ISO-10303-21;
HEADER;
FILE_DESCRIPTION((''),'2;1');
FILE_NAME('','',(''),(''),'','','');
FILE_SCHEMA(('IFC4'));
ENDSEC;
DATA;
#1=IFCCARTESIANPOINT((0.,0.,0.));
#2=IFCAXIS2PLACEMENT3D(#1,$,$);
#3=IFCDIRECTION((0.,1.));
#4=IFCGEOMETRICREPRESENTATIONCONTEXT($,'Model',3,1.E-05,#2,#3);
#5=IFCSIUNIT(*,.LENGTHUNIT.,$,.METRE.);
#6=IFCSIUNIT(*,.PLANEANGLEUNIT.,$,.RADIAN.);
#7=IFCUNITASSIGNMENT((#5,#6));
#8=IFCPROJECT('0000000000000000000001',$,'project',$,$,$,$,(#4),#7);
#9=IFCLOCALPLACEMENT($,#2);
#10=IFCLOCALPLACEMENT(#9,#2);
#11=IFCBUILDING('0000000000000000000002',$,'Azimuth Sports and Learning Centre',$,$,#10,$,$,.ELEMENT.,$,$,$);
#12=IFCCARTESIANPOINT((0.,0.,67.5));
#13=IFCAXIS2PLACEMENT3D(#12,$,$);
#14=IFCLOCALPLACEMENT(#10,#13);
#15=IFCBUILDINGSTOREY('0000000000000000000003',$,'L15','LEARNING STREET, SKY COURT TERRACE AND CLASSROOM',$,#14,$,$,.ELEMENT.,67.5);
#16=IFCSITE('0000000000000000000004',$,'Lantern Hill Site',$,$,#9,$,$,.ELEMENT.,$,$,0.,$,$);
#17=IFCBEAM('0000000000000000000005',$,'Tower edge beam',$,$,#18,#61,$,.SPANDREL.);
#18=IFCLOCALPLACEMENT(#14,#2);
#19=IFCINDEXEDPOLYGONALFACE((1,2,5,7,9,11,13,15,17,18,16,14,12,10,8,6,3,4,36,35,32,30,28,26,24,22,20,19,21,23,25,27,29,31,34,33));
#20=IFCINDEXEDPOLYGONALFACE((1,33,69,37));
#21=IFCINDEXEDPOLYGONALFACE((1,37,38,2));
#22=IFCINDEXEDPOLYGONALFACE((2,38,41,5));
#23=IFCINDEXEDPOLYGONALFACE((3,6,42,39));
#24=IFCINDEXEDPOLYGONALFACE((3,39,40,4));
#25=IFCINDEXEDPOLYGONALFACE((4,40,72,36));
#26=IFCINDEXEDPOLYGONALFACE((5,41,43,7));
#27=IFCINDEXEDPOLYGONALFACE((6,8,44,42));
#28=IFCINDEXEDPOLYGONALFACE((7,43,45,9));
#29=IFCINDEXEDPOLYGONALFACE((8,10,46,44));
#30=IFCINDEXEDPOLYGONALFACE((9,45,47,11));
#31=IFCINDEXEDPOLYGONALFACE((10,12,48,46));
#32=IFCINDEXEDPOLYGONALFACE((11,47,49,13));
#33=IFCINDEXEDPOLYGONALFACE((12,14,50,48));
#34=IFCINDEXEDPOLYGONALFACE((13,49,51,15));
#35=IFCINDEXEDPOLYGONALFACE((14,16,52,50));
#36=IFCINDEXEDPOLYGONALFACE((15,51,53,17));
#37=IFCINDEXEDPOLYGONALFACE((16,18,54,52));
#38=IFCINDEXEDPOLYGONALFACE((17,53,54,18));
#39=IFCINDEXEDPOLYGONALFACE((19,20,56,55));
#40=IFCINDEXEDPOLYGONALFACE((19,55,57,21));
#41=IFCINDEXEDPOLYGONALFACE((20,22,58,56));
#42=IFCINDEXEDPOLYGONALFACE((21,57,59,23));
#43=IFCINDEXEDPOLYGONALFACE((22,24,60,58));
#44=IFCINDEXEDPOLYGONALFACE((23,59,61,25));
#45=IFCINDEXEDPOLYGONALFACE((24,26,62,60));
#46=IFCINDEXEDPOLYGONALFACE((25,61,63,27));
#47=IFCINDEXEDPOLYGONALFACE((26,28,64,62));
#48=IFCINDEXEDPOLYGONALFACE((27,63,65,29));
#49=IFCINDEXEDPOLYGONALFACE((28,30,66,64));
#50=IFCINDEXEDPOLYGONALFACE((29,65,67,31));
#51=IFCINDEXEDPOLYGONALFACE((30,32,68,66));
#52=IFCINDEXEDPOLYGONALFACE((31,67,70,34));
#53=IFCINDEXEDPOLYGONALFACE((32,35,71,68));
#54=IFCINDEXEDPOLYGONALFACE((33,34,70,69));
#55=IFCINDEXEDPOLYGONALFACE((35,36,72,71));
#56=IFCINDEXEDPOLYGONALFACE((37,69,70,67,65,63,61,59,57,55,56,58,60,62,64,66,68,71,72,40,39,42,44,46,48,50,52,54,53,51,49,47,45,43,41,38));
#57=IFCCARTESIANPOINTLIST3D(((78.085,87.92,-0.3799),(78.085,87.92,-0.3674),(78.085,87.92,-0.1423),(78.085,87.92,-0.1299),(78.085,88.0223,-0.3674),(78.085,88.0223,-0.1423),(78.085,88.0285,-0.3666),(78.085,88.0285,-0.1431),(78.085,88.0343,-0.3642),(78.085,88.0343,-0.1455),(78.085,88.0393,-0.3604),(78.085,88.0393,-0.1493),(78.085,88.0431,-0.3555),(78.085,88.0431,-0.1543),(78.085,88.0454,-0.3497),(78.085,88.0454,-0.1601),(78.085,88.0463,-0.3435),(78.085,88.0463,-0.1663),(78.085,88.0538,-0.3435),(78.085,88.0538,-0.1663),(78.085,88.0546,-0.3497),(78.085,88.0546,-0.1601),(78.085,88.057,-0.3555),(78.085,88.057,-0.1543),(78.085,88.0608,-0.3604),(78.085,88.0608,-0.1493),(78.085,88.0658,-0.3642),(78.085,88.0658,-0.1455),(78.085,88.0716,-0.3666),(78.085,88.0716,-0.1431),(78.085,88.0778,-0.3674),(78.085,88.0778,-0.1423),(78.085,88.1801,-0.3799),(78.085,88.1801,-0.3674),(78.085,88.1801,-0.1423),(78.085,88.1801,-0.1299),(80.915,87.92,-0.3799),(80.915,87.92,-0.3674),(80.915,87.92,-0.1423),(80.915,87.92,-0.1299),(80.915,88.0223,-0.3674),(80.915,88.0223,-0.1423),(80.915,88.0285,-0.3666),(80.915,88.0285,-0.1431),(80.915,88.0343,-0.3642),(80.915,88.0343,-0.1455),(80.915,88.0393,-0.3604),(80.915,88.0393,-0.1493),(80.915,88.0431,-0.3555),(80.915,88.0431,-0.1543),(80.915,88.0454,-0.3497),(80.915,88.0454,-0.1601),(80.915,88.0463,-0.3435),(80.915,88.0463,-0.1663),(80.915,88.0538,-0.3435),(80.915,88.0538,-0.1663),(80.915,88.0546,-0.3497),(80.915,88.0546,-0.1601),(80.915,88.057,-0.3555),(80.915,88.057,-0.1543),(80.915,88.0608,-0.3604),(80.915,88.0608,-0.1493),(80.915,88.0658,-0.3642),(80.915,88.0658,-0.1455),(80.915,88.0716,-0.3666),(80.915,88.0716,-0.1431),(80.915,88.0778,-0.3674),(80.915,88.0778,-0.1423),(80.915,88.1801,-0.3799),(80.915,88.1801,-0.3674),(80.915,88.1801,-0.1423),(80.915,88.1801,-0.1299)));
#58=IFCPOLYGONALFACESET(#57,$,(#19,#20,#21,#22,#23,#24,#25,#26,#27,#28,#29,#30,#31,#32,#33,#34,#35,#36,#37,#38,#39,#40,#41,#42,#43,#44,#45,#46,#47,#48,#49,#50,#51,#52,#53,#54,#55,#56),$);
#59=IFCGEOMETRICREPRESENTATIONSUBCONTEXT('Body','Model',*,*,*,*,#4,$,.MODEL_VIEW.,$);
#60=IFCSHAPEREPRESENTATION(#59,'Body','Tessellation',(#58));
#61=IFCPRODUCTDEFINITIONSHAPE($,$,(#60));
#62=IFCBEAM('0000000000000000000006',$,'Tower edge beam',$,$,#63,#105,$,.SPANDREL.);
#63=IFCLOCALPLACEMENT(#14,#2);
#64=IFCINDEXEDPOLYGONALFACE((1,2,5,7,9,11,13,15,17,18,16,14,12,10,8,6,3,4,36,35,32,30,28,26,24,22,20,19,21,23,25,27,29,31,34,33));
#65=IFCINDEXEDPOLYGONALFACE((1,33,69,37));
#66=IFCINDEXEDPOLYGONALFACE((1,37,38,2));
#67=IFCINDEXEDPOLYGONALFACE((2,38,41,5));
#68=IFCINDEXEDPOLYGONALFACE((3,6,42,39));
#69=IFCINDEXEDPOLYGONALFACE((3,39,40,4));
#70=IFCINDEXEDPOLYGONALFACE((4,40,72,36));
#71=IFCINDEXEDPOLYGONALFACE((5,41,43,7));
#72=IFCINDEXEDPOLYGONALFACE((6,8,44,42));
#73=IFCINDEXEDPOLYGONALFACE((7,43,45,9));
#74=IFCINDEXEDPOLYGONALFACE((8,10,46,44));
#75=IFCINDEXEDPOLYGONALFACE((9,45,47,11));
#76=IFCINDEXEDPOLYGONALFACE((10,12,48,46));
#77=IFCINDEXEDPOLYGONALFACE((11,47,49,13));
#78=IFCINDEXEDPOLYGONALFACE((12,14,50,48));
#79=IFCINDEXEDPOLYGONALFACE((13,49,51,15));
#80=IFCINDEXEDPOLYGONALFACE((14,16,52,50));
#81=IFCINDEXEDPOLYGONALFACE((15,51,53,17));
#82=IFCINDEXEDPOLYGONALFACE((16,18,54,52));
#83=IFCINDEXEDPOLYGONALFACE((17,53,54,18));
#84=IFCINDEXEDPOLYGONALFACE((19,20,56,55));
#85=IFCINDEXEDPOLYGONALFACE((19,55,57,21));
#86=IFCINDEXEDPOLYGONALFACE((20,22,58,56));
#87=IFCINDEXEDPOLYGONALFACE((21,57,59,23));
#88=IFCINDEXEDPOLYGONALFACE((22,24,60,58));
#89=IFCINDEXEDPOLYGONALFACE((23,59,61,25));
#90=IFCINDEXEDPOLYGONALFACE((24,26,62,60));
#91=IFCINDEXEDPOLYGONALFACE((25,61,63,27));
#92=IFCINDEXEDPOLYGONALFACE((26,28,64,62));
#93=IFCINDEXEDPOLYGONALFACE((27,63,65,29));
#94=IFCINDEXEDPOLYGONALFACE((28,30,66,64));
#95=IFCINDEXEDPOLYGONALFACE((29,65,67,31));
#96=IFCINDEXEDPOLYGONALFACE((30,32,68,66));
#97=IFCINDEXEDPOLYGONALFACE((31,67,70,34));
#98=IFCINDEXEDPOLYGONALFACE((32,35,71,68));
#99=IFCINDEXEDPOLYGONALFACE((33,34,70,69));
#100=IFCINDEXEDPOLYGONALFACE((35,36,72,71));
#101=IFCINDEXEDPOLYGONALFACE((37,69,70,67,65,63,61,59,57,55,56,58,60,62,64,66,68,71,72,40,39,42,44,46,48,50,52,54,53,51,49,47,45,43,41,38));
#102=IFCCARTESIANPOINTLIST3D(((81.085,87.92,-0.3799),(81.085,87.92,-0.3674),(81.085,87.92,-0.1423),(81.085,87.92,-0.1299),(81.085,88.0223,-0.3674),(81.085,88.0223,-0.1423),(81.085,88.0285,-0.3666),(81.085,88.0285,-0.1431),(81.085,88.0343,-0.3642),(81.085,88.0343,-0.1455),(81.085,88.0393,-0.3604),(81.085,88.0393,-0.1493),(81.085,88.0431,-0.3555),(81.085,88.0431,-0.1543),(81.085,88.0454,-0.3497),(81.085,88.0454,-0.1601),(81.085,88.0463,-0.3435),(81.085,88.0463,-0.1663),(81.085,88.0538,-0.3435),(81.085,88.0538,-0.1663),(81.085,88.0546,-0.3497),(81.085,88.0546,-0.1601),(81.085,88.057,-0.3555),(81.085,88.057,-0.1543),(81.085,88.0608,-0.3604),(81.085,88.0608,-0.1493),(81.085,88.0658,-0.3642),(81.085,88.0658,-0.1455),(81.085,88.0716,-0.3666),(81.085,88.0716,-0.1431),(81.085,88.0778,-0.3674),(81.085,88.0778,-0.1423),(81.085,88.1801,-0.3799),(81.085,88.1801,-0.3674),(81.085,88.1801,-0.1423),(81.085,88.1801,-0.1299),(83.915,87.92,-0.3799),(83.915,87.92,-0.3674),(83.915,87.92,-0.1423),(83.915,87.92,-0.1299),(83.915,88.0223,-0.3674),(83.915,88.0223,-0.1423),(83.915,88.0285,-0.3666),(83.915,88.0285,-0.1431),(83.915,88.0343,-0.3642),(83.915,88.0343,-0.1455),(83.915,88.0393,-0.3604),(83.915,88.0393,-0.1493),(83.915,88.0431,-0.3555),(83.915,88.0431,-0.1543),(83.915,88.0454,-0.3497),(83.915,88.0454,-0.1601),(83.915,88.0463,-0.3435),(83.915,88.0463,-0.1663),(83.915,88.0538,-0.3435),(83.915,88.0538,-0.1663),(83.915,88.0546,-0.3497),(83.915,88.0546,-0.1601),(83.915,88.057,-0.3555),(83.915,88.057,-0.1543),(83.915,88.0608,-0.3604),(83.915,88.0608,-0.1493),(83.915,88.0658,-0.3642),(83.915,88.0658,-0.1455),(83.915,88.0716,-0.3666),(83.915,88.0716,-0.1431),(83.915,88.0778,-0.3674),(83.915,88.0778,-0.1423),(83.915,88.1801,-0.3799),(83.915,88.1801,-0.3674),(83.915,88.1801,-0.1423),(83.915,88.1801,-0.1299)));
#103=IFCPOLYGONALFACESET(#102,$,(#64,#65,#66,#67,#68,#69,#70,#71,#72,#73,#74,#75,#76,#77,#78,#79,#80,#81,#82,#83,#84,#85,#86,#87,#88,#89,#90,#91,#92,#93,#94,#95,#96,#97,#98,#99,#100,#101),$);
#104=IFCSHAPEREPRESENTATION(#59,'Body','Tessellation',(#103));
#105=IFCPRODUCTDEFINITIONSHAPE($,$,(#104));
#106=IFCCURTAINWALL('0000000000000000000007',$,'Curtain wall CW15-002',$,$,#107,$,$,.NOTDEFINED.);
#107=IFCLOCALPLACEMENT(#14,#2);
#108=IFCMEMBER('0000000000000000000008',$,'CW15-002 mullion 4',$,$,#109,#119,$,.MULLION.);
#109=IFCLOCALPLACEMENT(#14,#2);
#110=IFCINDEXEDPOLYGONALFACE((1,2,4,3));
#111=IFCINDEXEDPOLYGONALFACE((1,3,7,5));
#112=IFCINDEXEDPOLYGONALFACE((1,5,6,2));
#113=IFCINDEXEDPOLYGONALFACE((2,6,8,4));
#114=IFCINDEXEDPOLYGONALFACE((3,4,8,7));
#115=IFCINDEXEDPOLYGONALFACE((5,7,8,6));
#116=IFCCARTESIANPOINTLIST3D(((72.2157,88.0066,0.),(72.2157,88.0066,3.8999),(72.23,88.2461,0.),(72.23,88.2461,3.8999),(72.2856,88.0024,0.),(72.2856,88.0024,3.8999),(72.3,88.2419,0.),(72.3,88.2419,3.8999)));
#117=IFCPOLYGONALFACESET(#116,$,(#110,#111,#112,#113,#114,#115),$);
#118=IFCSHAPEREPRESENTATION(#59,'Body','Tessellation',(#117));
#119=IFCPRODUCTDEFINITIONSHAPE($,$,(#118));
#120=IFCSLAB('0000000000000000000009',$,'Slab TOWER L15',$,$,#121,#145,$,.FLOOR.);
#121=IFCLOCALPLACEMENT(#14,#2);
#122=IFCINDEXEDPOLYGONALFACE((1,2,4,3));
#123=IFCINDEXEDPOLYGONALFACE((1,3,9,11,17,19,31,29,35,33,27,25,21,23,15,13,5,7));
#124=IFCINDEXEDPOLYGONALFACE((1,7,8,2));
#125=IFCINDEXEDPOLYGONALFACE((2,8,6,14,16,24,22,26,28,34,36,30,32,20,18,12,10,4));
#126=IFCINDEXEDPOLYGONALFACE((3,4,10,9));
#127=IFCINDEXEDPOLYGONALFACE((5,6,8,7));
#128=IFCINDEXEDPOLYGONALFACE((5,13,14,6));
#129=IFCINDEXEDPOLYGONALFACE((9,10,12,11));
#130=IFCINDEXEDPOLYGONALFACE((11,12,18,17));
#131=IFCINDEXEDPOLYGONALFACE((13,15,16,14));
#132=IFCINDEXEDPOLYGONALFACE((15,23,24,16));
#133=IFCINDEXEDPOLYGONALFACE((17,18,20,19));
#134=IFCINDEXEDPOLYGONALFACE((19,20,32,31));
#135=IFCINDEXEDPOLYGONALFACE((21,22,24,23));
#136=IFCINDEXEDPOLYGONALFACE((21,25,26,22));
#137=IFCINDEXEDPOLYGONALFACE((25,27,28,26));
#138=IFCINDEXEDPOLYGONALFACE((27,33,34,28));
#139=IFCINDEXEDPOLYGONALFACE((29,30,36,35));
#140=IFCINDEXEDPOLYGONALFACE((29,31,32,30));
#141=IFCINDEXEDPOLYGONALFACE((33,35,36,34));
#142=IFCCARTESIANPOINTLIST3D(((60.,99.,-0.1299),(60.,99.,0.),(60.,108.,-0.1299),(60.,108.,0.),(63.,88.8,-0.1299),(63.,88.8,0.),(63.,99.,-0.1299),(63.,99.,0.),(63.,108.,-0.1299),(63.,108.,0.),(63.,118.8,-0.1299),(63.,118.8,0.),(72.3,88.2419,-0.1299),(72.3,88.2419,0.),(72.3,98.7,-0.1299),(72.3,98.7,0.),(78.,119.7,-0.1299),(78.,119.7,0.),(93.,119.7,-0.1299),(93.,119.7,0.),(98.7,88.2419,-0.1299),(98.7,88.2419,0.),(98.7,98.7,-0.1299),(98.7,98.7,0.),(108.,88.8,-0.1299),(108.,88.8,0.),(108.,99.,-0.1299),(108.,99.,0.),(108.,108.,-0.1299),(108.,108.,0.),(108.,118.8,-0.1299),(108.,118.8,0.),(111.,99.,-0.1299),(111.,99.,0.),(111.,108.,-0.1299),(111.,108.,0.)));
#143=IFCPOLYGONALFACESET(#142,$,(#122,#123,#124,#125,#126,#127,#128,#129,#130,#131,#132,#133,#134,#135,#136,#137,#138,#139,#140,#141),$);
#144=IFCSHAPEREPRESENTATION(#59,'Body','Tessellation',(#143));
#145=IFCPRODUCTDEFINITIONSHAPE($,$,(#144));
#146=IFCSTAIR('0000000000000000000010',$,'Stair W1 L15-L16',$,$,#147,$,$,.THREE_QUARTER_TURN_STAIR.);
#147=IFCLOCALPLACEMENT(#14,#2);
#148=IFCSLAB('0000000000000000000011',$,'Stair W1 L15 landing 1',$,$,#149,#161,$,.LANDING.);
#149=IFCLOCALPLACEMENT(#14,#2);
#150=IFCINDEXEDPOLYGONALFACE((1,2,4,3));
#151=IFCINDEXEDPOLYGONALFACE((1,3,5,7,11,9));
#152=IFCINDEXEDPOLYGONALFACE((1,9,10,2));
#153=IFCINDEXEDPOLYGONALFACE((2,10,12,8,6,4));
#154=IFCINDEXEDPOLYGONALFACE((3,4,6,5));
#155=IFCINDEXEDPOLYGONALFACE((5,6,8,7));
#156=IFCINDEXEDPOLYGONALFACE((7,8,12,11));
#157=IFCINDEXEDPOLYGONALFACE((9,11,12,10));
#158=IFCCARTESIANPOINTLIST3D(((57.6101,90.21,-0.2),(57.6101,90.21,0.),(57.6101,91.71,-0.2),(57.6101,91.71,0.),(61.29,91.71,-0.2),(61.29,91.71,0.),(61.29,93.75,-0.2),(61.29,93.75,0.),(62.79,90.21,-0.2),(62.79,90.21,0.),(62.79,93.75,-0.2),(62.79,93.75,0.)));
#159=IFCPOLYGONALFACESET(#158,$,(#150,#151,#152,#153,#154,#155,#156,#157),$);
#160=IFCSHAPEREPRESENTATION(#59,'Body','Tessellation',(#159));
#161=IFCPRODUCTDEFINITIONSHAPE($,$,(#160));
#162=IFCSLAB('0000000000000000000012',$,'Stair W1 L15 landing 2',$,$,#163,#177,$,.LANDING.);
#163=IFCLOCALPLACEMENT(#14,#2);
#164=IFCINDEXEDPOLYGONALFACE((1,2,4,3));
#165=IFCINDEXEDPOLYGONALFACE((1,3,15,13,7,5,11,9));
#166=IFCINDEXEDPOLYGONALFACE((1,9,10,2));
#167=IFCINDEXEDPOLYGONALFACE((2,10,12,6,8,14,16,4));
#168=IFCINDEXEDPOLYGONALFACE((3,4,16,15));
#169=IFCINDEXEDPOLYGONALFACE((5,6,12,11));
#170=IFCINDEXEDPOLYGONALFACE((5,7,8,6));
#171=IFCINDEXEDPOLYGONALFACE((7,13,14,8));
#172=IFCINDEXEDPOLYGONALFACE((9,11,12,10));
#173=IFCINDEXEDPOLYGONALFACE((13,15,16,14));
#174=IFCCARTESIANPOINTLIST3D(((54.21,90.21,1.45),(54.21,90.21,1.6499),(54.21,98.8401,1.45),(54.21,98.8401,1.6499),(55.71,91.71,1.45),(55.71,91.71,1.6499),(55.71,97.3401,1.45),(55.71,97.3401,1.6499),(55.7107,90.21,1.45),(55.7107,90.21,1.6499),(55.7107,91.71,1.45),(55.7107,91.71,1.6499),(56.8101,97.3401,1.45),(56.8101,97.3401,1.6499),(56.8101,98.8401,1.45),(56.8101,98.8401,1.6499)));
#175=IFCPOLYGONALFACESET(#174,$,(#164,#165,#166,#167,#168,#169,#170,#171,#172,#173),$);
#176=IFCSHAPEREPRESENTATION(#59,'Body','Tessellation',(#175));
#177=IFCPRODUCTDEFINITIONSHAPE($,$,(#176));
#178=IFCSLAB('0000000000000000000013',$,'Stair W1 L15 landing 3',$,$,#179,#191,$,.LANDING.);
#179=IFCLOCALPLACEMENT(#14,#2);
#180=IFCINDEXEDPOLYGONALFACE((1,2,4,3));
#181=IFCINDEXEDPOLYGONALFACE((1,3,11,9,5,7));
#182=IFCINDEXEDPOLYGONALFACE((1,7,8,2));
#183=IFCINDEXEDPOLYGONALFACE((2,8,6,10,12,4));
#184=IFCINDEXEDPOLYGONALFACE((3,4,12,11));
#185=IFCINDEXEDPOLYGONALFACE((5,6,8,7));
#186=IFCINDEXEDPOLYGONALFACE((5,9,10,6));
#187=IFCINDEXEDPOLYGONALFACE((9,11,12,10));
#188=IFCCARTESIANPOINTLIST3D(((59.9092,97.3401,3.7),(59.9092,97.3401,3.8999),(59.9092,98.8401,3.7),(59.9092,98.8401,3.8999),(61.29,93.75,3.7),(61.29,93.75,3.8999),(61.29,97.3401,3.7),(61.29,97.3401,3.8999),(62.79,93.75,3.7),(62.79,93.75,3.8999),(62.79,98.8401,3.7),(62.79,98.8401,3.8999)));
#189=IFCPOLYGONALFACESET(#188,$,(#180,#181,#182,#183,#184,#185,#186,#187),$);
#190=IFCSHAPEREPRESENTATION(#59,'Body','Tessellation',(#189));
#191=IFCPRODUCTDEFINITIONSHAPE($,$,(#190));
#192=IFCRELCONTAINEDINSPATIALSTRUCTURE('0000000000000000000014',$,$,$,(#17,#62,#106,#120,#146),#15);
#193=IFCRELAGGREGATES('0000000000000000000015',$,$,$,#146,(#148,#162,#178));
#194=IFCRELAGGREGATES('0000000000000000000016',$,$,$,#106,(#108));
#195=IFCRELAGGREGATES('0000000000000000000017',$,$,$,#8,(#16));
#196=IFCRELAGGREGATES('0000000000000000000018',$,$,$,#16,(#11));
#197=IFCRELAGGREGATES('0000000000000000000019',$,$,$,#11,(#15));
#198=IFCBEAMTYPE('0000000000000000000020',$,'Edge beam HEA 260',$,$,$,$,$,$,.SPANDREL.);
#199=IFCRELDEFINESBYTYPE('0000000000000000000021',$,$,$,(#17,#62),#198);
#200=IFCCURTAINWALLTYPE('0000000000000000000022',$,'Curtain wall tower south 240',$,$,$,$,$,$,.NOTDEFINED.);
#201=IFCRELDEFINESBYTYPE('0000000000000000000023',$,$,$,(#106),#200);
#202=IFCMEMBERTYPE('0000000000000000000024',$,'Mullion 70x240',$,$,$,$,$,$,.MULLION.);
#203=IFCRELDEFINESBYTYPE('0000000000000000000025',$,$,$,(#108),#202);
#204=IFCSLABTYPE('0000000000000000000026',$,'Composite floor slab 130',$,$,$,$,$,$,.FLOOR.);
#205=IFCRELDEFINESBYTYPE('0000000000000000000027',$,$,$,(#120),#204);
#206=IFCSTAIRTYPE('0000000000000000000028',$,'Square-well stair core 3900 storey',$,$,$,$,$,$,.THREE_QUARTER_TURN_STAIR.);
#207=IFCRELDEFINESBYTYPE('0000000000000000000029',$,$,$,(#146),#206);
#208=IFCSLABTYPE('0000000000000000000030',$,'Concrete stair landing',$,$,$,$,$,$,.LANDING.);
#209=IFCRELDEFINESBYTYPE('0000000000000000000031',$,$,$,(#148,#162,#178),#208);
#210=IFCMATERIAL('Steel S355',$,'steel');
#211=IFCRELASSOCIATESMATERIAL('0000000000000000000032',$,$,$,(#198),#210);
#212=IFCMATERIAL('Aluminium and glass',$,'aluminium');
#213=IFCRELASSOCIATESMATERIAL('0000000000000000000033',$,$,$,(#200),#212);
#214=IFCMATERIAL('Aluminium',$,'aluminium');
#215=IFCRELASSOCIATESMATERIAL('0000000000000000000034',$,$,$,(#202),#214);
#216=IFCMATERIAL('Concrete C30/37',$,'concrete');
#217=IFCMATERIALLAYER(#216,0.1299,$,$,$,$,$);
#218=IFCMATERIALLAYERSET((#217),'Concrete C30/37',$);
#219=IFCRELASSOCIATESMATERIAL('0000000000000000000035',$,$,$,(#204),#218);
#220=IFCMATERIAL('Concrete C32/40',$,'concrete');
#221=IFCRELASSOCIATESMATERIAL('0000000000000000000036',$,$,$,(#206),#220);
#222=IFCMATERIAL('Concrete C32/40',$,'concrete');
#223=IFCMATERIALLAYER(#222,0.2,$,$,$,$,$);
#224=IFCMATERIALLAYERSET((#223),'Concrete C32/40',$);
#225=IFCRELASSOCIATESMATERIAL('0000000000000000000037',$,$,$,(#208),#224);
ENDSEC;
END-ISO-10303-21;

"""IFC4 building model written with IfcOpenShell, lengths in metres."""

from ifc_helpers import new_model, si_unit, direction, frame, origin, origin_2d, place, context, subcontext, project, spatial, polyline, rectangle, i_section, outline, extrude, material, layer, layer_set, material_profile, profile_set, type_object, element, aggregate, save


model = new_model("IFC4")

# Units and contexts
model_context = context("Model", 3, precision=1e-05, world=origin(), true_north=direction((0.0, 1.0)))
body_context = subcontext(model_context, "Body", "Model", "MODEL_VIEW")
ifc_project = project(units=[si_unit("LENGTHUNIT", "METRE"), si_unit("PLANEANGLEUNIT", "RADIAN")], contexts=[model_context])

# Site, building, storey
site_placement = place(None, origin())
site = spatial("IfcSite", under=ifc_project, at=site_placement, Name="Lantern Hill Site", CompositionType="ELEMENT", RefElevation=0.0)
building_placement = place(site_placement, origin())
building = spatial("IfcBuilding", under=site, at=building_placement, Name="Azimuth Sports and Learning Centre", CompositionType="ELEMENT")
storey_placement = place(building_placement, frame((0.0, 0.0, 67.5)))
storey = spatial("IfcBuildingStorey", under=building, at=storey_placement, Name="L15", Description="LEARNING STREET, SKY COURT TERRACE AND CLASSROOM", CompositionType="ELEMENT", Elevation=67.5)

# Beams
ifc_material_1 = material(Name="Steel S355", Category="steel")
ifc_material_profile_1 = material_profile(ifc_material_1, i_section(OverallWidth=0.26, OverallDepth=0.25, WebThickness=0.0076, FlangeThickness=0.0125, FilletRadius=0.0239, at=origin_2d()), Name="HEA 260")
ifc_profile_set_1 = profile_set([ifc_material_profile_1], Name="Steel S355")
beam_type = type_object("IfcBeamType", Name="Edge beam HEA 260", PredefinedType="SPANDREL", material=ifc_profile_set_1)
for number, where, z_axis, x_axis, name in (
    (1, (78.085, 88.05, -0.2549), (1.0, 0.0, 0.0), (0.0, 1.0, 0.0), "Tower edge beam"),
    (2, (81.085, 88.05, -0.2549), (1.0, 0.0, 0.0), (0.0, 1.0, 0.0), "Tower edge beam"),
):
    element("IfcBeam", number, at=place(storey_placement, frame(where, z_axis=z_axis, x_axis=x_axis)), inside=storey, type_object=beam_type, Name=name, PredefinedType="SPANDREL", context=body_context, shape_type="SweptSolid", body=[
        extrude(i_section(OverallWidth=0.26, OverallDepth=0.25, WebThickness=0.0076, FlangeThickness=0.0125, FilletRadius=0.0239, at=origin_2d()), origin(), (0.0, 0.0, 1.0), 2.8301),
    ])

# Curtain wall, member
ifc_material_2 = material(Name="Aluminium and glass", Category="aluminium")
curtain_wall_type = type_object("IfcCurtainWallType", Name="Curtain wall tower south 240", PredefinedType="NOTDEFINED", material=ifc_material_2)
curtain_wall_placement = place(storey_placement, origin())
curtain_wall = element("IfcCurtainWall", 3, at=curtain_wall_placement, inside=storey, type_object=curtain_wall_type, Name="Curtain wall CW15-002", PredefinedType="NOTDEFINED")
ifc_material_3 = material(Name="Aluminium", Category="aluminium")
ifc_material_profile_2 = material_profile(ifc_material_3, rectangle(XDim=0.24, YDim=0.0701, at=origin_2d()), Name="Mullion 70x240")
ifc_profile_set_2 = profile_set([ifc_material_profile_2], Name="Aluminium")
member_type = type_object("IfcMemberType", Name="Mullion 70x240", PredefinedType="MULLION", material=ifc_profile_set_2)
member_placement = place(storey_placement, frame((72.2578, 88.1243, 0.0), z_axis=(0.0, 0.0, 1.0), x_axis=(0.059892, 0.998205, 0.0)))
member = element("IfcMember", 4, at=member_placement, type_object=member_type, Name="CW15-002 mullion 4", PredefinedType="MULLION", context=body_context, shape_type="SweptSolid", body=[
    extrude(rectangle(XDim=0.24, YDim=0.0701, at=origin_2d()), origin(), (0.0, 0.0, 1.0), 3.8999),
])

# Slab
ifc_material_4 = material(Name="Concrete C30/37", Category="concrete")
ifc_layer_1 = layer(ifc_material_4, 0.1299)
ifc_layer_set_1 = layer_set([ifc_layer_1], Name="Concrete C30/37")
slab_type_1 = type_object("IfcSlabType", Name="Composite floor slab 130", PredefinedType="FLOOR", material=ifc_layer_set_1)
slab_1_placement = place(storey_placement, frame((0.0, 0.0, -0.1299)))
element("IfcSlab", 5, at=slab_1_placement, inside=storey, type_object=slab_type_1, Name="Slab TOWER L15", PredefinedType="FLOOR", context=body_context, shape_type="SweptSolid", body=[
    extrude(outline(polyline([(72.3, 88.2419), (72.3, 98.7), (98.7, 98.7), (98.7, 88.2419), (108.0, 88.8), (108.0, 99.0), (111.0, 99.0), (111.0, 108.0), (108.0, 108.0), (108.0, 118.8), (93.0, 119.7), (78.0, 119.7), (63.0, 118.8), (63.0, 108.0), (60.0, 108.0), (60.0, 99.0), (63.0, 99.0), (63.0, 88.8), (72.3, 88.2419)])), origin(), (0.0, 0.0, 1.0), 0.1299),
])

# Stair, slabs
ifc_material_5 = material(Name="Concrete C32/40", Category="concrete")
stair_type = type_object("IfcStairType", Name="Square-well stair core 3900 storey", PredefinedType="THREE_QUARTER_TURN_STAIR", material=ifc_material_5)
stair_1_placement = place(storey_placement, origin())
stair_1 = element("IfcStair", 6, at=stair_1_placement, inside=storey, type_object=stair_type, Name="Stair W1 L15-L16", PredefinedType="THREE_QUARTER_TURN_STAIR")
ifc_material_6 = material(Name="Concrete C32/40", Category="concrete")
ifc_layer_2 = layer(ifc_material_6, 0.2)
ifc_layer_set_2 = layer_set([ifc_layer_2], Name="Concrete C32/40")
slab_type_2 = type_object("IfcSlabType", Name="Concrete stair landing", PredefinedType="LANDING", material=ifc_layer_set_2)
slab_2_placement = place(storey_placement, frame((0.0, 0.0, -0.2)))
slab_2 = element("IfcSlab", 7, at=slab_2_placement, type_object=slab_type_2, Name="Stair W1 L15 landing 1", PredefinedType="LANDING", context=body_context, shape_type="SweptSolid", body=[
    extrude(outline(polyline([(62.79, 90.21), (62.79, 93.75), (61.29, 93.75), (61.29, 91.71), (57.6101, 91.71), (57.6101, 90.21), (62.79, 90.21)])), origin(), (0.0, 0.0, 1.0), 0.2),
])
slab_3_placement = place(storey_placement, frame((0.0, 0.0, 1.45)))
slab_3 = element("IfcSlab", 8, at=slab_3_placement, type_object=slab_type_2, Name="Stair W1 L15 landing 2", PredefinedType="LANDING", context=body_context, shape_type="SweptSolid", body=[
    extrude(outline(polyline([(55.71, 91.71), (55.71, 97.3401), (56.8101, 97.3401), (56.8101, 98.8401), (54.21, 98.8401), (54.21, 90.21), (55.7107, 90.21), (55.7107, 91.71), (55.71, 91.71)])), origin(), (0.0, 0.0, 1.0), 0.2),
])
slab_4_placement = place(storey_placement, frame((0.0, 0.0, 3.7)))
slab_4 = element("IfcSlab", 9, at=slab_4_placement, type_object=slab_type_2, Name="Stair W1 L15 landing 3", PredefinedType="LANDING", context=body_context, shape_type="SweptSolid", body=[
    extrude(outline(polyline([(61.29, 97.3401), (61.29, 93.75), (62.79, 93.75), (62.79, 98.8401), (59.9092, 98.8401), (59.9092, 97.3401), (61.29, 97.3401)])), origin(), (0.0, 0.0, 1.0), 0.2),
])
aggregate(stair_1, [slab_2, slab_3, slab_4])

aggregate(curtain_wall, [member])

save(model, "model.ifc")
